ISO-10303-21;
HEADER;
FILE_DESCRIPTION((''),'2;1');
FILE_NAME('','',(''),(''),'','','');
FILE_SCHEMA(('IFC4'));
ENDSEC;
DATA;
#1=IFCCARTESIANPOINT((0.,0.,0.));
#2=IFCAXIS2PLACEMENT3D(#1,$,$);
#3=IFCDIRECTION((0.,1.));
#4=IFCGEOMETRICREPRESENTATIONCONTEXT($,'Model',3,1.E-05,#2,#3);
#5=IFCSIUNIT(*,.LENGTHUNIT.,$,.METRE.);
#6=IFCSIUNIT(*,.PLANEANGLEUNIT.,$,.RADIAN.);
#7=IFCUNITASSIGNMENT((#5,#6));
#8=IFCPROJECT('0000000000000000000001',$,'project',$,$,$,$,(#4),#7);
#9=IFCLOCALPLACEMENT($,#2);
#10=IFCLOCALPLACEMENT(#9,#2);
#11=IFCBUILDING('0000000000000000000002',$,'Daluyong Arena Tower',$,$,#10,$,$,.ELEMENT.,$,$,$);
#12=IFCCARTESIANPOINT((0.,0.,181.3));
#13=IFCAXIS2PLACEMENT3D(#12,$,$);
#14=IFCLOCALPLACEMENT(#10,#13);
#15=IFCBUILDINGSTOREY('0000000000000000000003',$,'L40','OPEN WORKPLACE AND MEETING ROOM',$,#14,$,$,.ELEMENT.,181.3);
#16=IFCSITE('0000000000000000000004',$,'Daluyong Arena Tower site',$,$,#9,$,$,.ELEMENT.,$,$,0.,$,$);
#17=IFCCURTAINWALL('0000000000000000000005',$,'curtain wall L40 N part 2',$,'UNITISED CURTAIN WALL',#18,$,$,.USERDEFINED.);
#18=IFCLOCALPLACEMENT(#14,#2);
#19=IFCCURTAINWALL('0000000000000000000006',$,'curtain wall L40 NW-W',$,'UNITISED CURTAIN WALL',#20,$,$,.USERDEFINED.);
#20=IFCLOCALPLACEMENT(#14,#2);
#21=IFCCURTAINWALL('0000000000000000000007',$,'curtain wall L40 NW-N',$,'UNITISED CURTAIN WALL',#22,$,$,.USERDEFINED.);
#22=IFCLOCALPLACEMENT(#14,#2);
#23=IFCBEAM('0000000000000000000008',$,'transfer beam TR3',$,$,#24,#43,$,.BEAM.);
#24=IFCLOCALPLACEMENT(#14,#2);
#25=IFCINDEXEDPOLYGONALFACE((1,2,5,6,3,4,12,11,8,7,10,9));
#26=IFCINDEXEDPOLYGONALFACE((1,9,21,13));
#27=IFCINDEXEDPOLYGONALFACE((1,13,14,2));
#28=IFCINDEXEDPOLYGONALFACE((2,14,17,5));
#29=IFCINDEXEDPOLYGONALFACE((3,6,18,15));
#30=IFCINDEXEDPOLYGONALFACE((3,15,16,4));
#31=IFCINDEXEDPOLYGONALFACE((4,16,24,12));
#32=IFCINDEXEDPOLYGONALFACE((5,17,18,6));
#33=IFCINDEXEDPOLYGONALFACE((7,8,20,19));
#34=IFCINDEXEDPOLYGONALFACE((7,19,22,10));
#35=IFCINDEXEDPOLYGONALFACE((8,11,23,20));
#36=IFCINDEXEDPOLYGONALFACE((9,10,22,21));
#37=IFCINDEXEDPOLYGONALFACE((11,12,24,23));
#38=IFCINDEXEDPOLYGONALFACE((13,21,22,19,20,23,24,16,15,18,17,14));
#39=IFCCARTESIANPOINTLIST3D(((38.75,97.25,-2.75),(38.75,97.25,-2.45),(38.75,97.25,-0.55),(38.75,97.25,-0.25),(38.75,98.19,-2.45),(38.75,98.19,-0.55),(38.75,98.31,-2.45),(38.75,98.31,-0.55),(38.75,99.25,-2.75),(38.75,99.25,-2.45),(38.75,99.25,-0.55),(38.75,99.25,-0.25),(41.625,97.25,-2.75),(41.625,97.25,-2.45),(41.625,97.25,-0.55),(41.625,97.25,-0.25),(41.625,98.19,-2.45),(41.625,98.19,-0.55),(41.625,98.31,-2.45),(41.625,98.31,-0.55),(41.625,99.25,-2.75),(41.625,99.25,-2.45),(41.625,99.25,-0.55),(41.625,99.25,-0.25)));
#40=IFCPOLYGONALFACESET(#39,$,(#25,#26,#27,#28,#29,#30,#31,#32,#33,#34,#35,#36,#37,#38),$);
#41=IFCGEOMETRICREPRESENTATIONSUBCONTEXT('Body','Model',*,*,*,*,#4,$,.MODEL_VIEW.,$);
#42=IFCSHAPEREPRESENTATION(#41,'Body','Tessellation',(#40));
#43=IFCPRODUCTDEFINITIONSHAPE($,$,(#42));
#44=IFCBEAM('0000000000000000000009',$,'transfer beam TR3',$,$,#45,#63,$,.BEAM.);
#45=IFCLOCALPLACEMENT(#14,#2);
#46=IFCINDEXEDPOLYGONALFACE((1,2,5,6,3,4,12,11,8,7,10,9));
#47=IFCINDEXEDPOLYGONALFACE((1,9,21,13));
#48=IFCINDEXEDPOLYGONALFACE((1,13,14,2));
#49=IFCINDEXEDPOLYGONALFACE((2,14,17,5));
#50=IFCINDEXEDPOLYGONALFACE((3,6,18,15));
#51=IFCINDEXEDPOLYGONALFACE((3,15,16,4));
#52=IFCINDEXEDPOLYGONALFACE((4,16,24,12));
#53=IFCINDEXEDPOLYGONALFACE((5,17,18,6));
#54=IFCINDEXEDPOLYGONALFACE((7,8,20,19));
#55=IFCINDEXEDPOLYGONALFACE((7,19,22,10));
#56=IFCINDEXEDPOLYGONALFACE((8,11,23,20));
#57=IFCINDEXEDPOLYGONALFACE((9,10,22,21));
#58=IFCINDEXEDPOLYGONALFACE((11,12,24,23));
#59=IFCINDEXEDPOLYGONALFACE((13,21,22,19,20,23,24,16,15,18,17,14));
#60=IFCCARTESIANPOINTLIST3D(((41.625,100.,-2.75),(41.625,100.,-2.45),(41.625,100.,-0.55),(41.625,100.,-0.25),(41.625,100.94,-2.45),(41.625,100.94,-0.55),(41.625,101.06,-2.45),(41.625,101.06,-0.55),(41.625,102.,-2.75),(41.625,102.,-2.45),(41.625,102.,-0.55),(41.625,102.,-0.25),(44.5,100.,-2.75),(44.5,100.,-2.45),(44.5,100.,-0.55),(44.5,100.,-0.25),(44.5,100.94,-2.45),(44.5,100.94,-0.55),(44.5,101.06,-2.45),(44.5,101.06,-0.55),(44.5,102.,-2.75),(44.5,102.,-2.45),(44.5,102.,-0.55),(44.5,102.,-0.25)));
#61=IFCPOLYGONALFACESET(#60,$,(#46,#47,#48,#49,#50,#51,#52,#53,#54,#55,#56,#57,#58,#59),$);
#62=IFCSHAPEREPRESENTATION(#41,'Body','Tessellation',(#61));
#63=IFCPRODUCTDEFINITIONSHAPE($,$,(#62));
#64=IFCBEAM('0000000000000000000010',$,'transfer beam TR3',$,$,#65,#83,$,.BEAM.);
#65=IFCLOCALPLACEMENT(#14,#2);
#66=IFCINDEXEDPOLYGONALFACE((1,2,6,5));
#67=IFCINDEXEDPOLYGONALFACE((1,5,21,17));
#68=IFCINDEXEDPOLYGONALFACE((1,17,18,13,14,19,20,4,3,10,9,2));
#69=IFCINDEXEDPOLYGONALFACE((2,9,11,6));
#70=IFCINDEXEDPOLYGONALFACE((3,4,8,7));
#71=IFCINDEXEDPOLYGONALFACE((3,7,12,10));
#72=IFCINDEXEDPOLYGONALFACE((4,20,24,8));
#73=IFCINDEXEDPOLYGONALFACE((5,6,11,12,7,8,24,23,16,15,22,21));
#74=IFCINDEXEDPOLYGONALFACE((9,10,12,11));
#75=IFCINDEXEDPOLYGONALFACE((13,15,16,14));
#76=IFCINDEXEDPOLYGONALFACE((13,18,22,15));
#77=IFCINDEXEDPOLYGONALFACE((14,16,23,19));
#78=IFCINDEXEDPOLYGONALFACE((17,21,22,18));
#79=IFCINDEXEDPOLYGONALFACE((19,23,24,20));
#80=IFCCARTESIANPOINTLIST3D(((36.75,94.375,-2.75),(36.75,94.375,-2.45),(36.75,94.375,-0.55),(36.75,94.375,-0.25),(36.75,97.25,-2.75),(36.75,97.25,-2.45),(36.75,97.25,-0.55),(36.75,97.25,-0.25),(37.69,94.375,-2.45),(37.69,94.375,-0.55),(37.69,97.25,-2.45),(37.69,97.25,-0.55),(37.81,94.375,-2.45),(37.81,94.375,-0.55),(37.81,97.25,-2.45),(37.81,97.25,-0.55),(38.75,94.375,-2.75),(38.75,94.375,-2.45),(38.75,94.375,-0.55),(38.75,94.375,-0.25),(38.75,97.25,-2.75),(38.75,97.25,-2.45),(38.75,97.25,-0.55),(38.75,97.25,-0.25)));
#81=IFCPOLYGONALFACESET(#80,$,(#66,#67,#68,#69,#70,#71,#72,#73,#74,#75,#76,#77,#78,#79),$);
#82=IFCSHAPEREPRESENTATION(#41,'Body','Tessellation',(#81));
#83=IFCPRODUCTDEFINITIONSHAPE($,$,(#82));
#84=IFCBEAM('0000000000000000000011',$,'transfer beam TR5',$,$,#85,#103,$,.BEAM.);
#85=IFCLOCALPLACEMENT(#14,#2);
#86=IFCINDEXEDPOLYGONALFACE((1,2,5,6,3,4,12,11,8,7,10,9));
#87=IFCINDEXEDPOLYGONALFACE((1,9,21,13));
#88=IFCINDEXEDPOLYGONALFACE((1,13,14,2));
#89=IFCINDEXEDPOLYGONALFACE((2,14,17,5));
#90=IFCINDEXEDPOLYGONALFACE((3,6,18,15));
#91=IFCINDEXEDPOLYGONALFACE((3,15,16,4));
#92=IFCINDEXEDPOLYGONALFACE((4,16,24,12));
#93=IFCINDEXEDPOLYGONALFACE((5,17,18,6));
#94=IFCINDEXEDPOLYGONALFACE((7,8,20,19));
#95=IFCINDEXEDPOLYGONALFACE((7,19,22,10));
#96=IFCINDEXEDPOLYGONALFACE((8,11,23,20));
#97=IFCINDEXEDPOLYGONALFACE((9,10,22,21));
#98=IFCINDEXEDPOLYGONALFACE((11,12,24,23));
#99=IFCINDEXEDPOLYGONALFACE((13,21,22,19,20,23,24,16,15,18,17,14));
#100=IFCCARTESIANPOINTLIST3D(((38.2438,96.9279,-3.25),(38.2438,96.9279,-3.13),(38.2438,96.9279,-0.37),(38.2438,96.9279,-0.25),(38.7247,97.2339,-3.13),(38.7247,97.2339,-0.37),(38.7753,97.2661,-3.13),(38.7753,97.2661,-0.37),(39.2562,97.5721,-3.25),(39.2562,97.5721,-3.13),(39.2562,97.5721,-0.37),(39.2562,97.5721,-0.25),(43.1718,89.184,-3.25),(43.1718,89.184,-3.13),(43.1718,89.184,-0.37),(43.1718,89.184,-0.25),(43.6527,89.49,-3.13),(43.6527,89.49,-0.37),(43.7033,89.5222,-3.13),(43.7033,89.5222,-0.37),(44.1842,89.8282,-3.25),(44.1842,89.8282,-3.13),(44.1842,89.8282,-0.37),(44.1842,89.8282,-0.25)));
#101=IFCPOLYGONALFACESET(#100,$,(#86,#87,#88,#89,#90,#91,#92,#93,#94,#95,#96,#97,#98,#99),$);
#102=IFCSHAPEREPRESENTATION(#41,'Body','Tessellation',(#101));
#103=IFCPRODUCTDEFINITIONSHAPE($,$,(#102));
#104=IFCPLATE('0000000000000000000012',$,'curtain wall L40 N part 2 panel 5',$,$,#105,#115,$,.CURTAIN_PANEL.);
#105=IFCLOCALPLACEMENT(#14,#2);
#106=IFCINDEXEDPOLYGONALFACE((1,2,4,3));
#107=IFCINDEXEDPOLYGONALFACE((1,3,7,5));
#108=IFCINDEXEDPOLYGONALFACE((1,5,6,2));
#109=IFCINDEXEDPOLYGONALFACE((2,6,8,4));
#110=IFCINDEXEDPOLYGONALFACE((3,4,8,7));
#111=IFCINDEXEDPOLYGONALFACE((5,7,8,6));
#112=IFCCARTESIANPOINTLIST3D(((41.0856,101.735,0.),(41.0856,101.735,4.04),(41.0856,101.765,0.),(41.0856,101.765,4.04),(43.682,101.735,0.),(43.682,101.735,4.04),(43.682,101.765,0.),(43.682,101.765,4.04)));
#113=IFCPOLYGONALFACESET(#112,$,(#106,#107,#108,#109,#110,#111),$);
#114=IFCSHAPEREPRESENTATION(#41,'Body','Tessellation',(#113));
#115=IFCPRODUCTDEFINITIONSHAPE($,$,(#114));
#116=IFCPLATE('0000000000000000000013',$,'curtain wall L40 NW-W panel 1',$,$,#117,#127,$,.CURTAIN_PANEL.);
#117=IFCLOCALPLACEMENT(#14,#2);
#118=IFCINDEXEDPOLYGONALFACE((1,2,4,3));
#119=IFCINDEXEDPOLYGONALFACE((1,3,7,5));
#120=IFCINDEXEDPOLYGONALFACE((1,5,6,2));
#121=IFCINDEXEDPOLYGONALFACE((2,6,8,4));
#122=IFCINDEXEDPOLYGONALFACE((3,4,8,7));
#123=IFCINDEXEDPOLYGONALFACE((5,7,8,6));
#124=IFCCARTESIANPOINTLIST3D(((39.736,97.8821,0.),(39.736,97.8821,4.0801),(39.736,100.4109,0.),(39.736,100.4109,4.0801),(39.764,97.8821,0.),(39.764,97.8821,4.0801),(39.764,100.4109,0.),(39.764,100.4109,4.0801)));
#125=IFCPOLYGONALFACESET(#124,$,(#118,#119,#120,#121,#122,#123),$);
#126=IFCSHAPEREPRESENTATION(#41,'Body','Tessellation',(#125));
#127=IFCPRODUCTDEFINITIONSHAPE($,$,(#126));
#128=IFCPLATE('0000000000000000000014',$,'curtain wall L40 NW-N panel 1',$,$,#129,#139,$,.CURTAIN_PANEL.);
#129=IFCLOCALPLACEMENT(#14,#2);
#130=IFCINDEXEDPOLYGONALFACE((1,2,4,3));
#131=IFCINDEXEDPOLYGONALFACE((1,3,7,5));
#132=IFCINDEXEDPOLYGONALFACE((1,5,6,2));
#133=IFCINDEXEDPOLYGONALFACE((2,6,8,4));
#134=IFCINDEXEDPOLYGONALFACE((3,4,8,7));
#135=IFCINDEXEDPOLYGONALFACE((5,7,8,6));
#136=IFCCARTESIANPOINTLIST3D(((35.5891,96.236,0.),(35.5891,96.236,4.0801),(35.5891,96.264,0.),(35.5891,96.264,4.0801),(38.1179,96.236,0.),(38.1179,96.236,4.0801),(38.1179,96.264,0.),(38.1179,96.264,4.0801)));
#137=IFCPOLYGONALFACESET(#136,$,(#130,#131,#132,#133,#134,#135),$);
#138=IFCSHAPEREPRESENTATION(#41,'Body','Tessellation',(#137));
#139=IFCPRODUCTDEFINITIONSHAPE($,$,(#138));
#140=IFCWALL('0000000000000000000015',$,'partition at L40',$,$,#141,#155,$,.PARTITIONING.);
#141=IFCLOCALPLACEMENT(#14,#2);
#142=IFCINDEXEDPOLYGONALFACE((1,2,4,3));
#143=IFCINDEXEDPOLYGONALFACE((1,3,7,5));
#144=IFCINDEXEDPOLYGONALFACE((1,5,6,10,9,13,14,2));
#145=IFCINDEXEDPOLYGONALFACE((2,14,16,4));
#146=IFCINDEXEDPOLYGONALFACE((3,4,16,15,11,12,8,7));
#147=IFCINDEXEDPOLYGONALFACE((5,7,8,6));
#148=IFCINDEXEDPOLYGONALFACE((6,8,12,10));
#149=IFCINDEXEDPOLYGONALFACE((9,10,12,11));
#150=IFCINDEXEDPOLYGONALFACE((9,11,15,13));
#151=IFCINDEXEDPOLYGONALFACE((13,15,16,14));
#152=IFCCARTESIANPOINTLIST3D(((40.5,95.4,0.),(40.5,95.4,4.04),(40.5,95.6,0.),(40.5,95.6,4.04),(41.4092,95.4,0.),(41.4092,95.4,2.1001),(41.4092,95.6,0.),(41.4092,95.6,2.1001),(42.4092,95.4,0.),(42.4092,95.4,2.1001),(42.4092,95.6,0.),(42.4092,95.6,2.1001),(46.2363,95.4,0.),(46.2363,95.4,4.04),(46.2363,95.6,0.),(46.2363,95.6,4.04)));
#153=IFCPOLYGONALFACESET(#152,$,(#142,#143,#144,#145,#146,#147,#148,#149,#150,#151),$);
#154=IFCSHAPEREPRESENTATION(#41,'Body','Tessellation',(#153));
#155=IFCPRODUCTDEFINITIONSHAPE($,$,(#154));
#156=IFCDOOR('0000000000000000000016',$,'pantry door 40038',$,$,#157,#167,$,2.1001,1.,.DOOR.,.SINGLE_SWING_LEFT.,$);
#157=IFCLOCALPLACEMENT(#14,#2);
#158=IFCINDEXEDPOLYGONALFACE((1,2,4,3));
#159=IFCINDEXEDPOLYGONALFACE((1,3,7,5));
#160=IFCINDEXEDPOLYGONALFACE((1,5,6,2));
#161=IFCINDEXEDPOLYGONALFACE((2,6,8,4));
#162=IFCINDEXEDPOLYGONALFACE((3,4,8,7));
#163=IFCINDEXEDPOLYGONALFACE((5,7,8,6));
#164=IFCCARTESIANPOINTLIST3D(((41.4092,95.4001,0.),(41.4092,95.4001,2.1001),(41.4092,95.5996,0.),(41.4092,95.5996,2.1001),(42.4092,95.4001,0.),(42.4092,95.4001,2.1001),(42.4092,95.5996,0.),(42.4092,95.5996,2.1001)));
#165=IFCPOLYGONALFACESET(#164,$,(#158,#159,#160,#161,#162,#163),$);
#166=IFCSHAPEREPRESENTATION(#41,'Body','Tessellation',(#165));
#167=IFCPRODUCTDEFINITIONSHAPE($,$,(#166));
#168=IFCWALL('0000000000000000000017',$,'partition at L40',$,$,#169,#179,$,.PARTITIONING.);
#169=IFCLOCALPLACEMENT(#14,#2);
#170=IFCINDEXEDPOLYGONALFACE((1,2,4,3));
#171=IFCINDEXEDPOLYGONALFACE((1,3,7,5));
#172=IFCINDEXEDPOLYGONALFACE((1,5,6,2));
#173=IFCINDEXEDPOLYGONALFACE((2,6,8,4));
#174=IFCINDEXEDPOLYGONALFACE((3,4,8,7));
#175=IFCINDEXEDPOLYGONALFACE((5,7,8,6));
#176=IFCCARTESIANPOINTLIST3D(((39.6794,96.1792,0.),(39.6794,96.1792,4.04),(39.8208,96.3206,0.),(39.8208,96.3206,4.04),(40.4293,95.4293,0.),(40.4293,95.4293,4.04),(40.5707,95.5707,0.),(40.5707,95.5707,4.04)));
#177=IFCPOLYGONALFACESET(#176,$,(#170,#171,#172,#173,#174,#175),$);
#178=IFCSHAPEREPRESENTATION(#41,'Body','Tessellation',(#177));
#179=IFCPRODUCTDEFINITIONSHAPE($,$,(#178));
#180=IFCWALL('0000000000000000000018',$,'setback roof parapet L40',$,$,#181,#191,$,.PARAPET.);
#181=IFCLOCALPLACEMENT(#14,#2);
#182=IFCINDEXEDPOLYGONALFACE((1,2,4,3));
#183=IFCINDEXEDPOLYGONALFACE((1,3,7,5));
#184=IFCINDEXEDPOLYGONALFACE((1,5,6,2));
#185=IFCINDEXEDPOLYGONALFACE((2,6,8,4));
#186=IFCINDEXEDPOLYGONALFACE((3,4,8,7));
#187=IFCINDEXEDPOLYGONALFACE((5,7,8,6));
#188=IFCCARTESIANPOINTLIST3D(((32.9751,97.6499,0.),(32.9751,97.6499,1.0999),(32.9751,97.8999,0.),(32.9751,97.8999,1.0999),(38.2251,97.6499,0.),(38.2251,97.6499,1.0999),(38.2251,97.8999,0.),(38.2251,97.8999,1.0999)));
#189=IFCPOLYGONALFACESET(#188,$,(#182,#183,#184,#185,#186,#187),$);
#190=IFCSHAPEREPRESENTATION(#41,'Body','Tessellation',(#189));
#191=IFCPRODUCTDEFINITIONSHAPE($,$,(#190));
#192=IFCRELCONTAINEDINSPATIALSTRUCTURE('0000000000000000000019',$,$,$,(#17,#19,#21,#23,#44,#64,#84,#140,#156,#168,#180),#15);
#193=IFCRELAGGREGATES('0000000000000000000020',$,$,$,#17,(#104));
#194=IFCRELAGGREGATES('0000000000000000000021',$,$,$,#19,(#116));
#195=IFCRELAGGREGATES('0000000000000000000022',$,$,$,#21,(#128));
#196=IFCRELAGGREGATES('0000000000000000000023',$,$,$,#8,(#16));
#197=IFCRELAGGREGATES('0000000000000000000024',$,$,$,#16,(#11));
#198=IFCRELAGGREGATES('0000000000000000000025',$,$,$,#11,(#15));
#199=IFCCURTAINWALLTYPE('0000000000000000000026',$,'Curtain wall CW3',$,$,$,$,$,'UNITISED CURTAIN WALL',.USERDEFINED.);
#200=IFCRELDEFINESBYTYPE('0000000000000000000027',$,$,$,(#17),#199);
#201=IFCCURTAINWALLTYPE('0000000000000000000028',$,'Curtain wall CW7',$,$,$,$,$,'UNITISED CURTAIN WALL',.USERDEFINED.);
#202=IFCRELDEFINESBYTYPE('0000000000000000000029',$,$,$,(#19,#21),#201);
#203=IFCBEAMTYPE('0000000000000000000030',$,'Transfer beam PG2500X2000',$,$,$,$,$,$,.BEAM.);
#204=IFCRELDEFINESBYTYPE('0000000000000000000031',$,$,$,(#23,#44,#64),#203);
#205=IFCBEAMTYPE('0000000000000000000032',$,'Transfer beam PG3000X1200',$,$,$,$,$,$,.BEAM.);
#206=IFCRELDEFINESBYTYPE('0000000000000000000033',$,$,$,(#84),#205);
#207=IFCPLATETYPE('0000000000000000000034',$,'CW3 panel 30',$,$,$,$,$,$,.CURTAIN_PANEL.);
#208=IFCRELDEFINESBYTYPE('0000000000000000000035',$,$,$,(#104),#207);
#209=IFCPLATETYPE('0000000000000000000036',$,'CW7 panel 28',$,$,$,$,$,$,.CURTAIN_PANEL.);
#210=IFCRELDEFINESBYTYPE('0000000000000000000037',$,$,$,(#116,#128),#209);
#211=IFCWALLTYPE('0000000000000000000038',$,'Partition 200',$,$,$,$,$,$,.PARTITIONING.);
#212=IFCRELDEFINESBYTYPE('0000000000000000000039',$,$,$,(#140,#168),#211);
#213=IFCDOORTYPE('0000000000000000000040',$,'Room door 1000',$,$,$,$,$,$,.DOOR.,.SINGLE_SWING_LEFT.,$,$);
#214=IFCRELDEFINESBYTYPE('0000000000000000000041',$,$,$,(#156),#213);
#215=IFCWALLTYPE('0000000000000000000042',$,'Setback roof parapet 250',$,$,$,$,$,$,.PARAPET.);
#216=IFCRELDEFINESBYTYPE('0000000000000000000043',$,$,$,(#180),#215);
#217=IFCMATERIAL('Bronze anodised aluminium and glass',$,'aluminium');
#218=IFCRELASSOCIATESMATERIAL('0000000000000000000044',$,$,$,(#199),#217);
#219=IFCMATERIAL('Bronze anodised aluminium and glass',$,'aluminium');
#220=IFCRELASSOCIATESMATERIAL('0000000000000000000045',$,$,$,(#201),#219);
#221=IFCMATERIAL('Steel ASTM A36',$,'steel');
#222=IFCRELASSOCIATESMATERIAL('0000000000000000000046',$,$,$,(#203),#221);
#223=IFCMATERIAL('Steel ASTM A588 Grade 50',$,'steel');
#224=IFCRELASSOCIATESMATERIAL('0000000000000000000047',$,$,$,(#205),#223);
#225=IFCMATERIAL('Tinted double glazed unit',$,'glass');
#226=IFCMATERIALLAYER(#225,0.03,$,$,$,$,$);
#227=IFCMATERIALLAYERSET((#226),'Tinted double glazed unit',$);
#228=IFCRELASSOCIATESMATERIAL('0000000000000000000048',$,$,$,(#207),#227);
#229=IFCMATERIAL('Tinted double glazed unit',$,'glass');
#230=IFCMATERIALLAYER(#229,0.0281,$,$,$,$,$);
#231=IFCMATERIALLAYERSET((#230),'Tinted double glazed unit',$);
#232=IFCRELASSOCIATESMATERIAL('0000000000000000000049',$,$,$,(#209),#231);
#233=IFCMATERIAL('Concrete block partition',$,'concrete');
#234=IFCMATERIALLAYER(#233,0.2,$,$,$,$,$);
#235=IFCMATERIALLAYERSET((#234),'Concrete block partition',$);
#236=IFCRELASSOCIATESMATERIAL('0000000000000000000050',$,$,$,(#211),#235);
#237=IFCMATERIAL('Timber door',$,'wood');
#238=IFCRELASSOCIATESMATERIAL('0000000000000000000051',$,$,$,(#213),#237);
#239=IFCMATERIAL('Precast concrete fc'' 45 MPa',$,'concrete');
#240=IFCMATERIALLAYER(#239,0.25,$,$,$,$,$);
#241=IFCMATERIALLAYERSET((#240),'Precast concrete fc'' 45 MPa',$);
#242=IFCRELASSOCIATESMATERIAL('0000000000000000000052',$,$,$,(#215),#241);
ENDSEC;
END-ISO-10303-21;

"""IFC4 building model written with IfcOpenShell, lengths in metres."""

from ifc_helpers import new_model, si_unit, direction, frame, frame_2d, origin, origin_2d, place, context, subcontext, project, spatial, rectangle, i_section, extrude, material, layer, layer_set, material_profile, profile_set, type_object, element, fill, aggregate, save


model = new_model("IFC4")

# Units and contexts
model_context = context("Model", 3, precision=1e-05, world=origin(), true_north=direction((0.0, 1.0)))
body_context = subcontext(model_context, "Body", "Model", "MODEL_VIEW")
ifc_project = project(units=[si_unit("LENGTHUNIT", "METRE"), si_unit("PLANEANGLEUNIT", "RADIAN")], contexts=[model_context])

# Site, building, storey
site_placement = place(None, origin())
site = spatial("IfcSite", under=ifc_project, at=site_placement, Name="Daluyong Arena Tower site", CompositionType="ELEMENT", RefElevation=0.0)
building_placement = place(site_placement, origin())
building = spatial("IfcBuilding", under=site, at=building_placement, Name="Daluyong Arena Tower", CompositionType="ELEMENT")
storey_placement = place(building_placement, frame((0.0, 0.0, 181.3)))
storey = spatial("IfcBuildingStorey", under=building, at=storey_placement, Name="L40", Description="OPEN WORKPLACE AND MEETING ROOM", CompositionType="ELEMENT", Elevation=181.3)

# Curtain wall
ifc_material_1 = material(Name="Bronze anodised aluminium and glass", Category="aluminium")
curtain_wall_type_1 = type_object("IfcCurtainWallType", Name="Curtain wall CW3", ElementType="UNITISED CURTAIN WALL", PredefinedType="USERDEFINED", material=ifc_material_1)
curtain_wall_1_placement = place(storey_placement, origin())
curtain_wall_1 = element("IfcCurtainWall", 1, at=curtain_wall_1_placement, inside=storey, type_object=curtain_wall_type_1, Name="curtain wall L40 N part 2", ObjectType="UNITISED CURTAIN WALL", PredefinedType="USERDEFINED")

# Curtain walls
ifc_material_2 = material(Name="Bronze anodised aluminium and glass", Category="aluminium")
curtain_wall_type_2 = type_object("IfcCurtainWallType", Name="Curtain wall CW7", ElementType="UNITISED CURTAIN WALL", PredefinedType="USERDEFINED", material=ifc_material_2)
curtain_wall_2_placement = place(storey_placement, origin())
curtain_wall_2 = element("IfcCurtainWall", 2, at=curtain_wall_2_placement, inside=storey, type_object=curtain_wall_type_2, Name="curtain wall L40 NW-W", ObjectType="UNITISED CURTAIN WALL", PredefinedType="USERDEFINED")
curtain_wall_3_placement = place(storey_placement, origin())
curtain_wall_3 = element("IfcCurtainWall", 3, at=curtain_wall_3_placement, inside=storey, type_object=curtain_wall_type_2, Name="curtain wall L40 NW-N", ObjectType="UNITISED CURTAIN WALL", PredefinedType="USERDEFINED")

# Beams
ifc_material_3 = material(Name="Steel ASTM A36", Category="steel")
ifc_material_profile_1 = material_profile(ifc_material_3, i_section(OverallWidth=2.0, OverallDepth=2.5, WebThickness=0.12, FlangeThickness=0.3, at=origin_2d()))
ifc_profile_set_1 = profile_set([ifc_material_profile_1], Name="Steel ASTM A36")
beam_type_1 = type_object("IfcBeamType", Name="Transfer beam PG2500X2000", PredefinedType="BEAM", material=ifc_profile_set_1)
for number, where, z_axis, x_axis, name in (
    (4, (38.75, 98.25, -1.5), (1.0, 0.0, 0.0), (0.0, 1.0, 0.0), "transfer beam TR3"),
    (5, (41.625, 101.0, -1.5), (1.0, 0.0, 0.0), (0.0, 1.0, 0.0), "transfer beam TR3"),
    (6, (37.75, 94.375, -1.5), (0.0, 1.0, 0.0), (-1.0, 0.0, 0.0), "transfer beam TR3"),
):
    element("IfcBeam", number, at=place(storey_placement, frame(where, z_axis=z_axis, x_axis=x_axis)), inside=storey, type_object=beam_type_1, Name=name, PredefinedType="BEAM", context=body_context, shape_type="SweptSolid", body=[
        extrude(i_section(OverallWidth=2.0, OverallDepth=2.5, WebThickness=0.12, FlangeThickness=0.3, at=origin_2d()), origin(), (0.0, 0.0, 1.0), 2.875),
    ])
ifc_material_4 = material(Name="Steel ASTM A588 Grade 50", Category="steel")
ifc_material_profile_2 = material_profile(ifc_material_4, i_section(OverallWidth=1.2, OverallDepth=3.0, WebThickness=0.06, FlangeThickness=0.12, at=origin_2d()))
ifc_profile_set_2 = profile_set([ifc_material_profile_2], Name="Steel ASTM A588 Grade 50")
beam_type_2 = type_object("IfcBeamType", Name="Transfer beam PG3000X1200", PredefinedType="BEAM", material=ifc_profile_set_2)
beam_1_placement = place(storey_placement, frame((38.75, 97.25, -1.75), z_axis=(0.536879, -0.843659, 0.0), x_axis=(0.843659, 0.536879, 0.0)))
element("IfcBeam", 7, at=beam_1_placement, inside=storey, type_object=beam_type_2, Name="transfer beam TR5", PredefinedType="BEAM", context=body_context, shape_type="SweptSolid", body=[
    extrude(i_section(OverallWidth=1.2, OverallDepth=3.0, WebThickness=0.06, FlangeThickness=0.12, at=origin_2d()), origin(), (0.0, 0.0, 1.0), 9.179),
])

# Plates
ifc_material_5 = material(Name="Tinted double glazed unit", Category="glass")
ifc_layer_1 = layer(ifc_material_5, 0.03)
ifc_layer_set_1 = layer_set([ifc_layer_1], Name="Tinted double glazed unit")
plate_type_1 = type_object("IfcPlateType", Name="CW3 panel 30", PredefinedType="CURTAIN_PANEL", material=ifc_layer_set_1)
plate_1_placement = place(storey_placement, frame((42.3838, 101.75, 0.0), z_axis=(0.0, 0.0, 1.0), x_axis=(-1.0, 0.0, 0.0)))
plate_1 = element("IfcPlate", 8, at=plate_1_placement, type_object=plate_type_1, Name="curtain wall L40 N part 2 panel 5", PredefinedType="CURTAIN_PANEL", context=body_context, shape_type="SweptSolid", body=[
    extrude(rectangle(XDim=2.5964, YDim=0.03, at=origin_2d()), origin(), (0.0, 0.0, 1.0), 4.04),
])
aggregate(curtain_wall_1, [plate_1])
ifc_material_6 = material(Name="Tinted double glazed unit", Category="glass")
ifc_layer_2 = layer(ifc_material_6, 0.0281)
ifc_layer_set_2 = layer_set([ifc_layer_2], Name="Tinted double glazed unit")
plate_type_2 = type_object("IfcPlateType", Name="CW7 panel 28", PredefinedType="CURTAIN_PANEL", material=ifc_layer_set_2)
plate_2_placement = place(storey_placement, frame((39.75, 99.1465, 0.0), z_axis=(0.0, 0.0, 1.0), x_axis=(0.0, -1.0, 0.0)))
plate_2 = element("IfcPlate", 9, at=plate_2_placement, type_object=plate_type_2, Name="curtain wall L40 NW-W panel 1", PredefinedType="CURTAIN_PANEL", context=body_context, shape_type="SweptSolid", body=[
    extrude(rectangle(XDim=2.5288, YDim=0.0281, at=origin_2d()), origin(), (0.0, 0.0, 1.0), 4.0801),
])
aggregate(curtain_wall_2, [plate_2])
plate_3_placement = place(storey_placement, frame((36.8535, 96.25, 0.0), z_axis=(0.0, 0.0, 1.0), x_axis=(-1.0, 0.0, 0.0)))
plate_3 = element("IfcPlate", 10, at=plate_3_placement, type_object=plate_type_2, Name="curtain wall L40 NW-N panel 1", PredefinedType="CURTAIN_PANEL", context=body_context, shape_type="SweptSolid", body=[
    extrude(rectangle(XDim=2.5288, YDim=0.0281, at=origin_2d()), origin(), (0.0, 0.0, 1.0), 4.0801),
])
aggregate(curtain_wall_3, [plate_3])

# Wall, opening, door
ifc_material_7 = material(Name="Concrete block partition", Category="concrete")
ifc_layer_3 = layer(ifc_material_7, 0.2)
ifc_layer_set_3 = layer_set([ifc_layer_3], Name="Concrete block partition")
wall_type_1 = type_object("IfcWallType", Name="Partition 200", PredefinedType="PARTITIONING", material=ifc_layer_set_3)
wall_1_placement = place(storey_placement, frame((40.5, 95.5, 0.0), z_axis=(0.0, 0.0, 1.0), x_axis=(1.0, 0.0, 0.0)))
wall_1 = element("IfcWall", 11, at=wall_1_placement, inside=storey, type_object=wall_type_1, Name="partition at L40", PredefinedType="PARTITIONING", context=body_context, shape_type="SweptSolid", body=[
    extrude(rectangle(XDim=5.7363, YDim=0.2, at=frame_2d((2.8682, 0.0))), origin(), (0.0, 0.0, 1.0), 4.04),
])
opening_placement = place(wall_1_placement, frame((0.9092, 0.0, 0.0)))
opening = element("IfcOpeningElement", 12, at=opening_placement, cuts=wall_1, PredefinedType="OPENING", context=body_context, shape_type="SweptSolid", body=[
    extrude(rectangle(XDim=1.0, YDim=2.1001, at=frame_2d((0.5, 1.05))), frame((0.0, 0.1099, 0.0), z_axis=(0.0, -1.0, 0.0), x_axis=(1.0, 0.0, 0.0)), (0.0, 0.0, 1.0), 0.22),
])
ifc_material_8 = material(Name="Timber door", Category="wood")
door_type = type_object("IfcDoorType", Name="Room door 1000", OperationType="SINGLE_SWING_LEFT", PredefinedType="DOOR", material=ifc_material_8)
door_placement = place(opening_placement, origin())
door = element("IfcDoor", 13, at=door_placement, inside=storey, type_object=door_type, Name="pantry door 40038", OperationType="SINGLE_SWING_LEFT", OverallHeight=2.1001, OverallWidth=1.0, PredefinedType="DOOR", context=body_context, shape_type="SweptSolid", body=[
    extrude(rectangle(XDim=1.0, YDim=2.1001, at=frame_2d((0.5, 1.05))), frame((0.0, 0.0996, 0.0), z_axis=(0.0, -1.0, 0.0), x_axis=(1.0, 0.0, 0.0)), (0.0, 0.0, 1.0), 0.1995),
])
fill(opening, door)

# Walls
wall_2_placement = place(storey_placement, frame((40.5, 95.5, 0.0), z_axis=(0.0, 0.0, 1.0), x_axis=(-0.707107, 0.707107, 0.0)))
element("IfcWall", 14, at=wall_2_placement, inside=storey, type_object=wall_type_1, Name="partition at L40", PredefinedType="PARTITIONING", context=body_context, shape_type="SweptSolid", body=[
    extrude(rectangle(XDim=1.0605, YDim=0.2, at=frame_2d((0.5303, 0.0))), origin(), (0.0, 0.0, 1.0), 4.04),
])
ifc_material_9 = material(Name="Precast concrete fc' 45 MPa", Category="concrete")
ifc_layer_4 = layer(ifc_material_9, 0.25)
ifc_layer_set_4 = layer_set([ifc_layer_4], Name="Precast concrete fc' 45 MPa")
wall_type_2 = type_object("IfcWallType", Name="Setback roof parapet 250", PredefinedType="PARAPET", material=ifc_layer_set_4)
for number, where, z_axis, x_axis, name in (
    (15, (32.9751, 97.7749, 0.0), (0.0, 0.0, 1.0), (1.0, 0.0, 0.0), "setback roof parapet L40"),
):
    element("IfcWall", number, at=place(storey_placement, frame(where, z_axis=z_axis, x_axis=x_axis)), inside=storey, type_object=wall_type_2, Name=name, PredefinedType="PARAPET", context=body_context, shape_type="SweptSolid", body=[
        extrude(rectangle(XDim=5.25, YDim=0.25, at=frame_2d((2.625, 0.0))), origin(), (0.0, 0.0, 1.0), 1.0999),
    ])

save(model, "model.ifc")
